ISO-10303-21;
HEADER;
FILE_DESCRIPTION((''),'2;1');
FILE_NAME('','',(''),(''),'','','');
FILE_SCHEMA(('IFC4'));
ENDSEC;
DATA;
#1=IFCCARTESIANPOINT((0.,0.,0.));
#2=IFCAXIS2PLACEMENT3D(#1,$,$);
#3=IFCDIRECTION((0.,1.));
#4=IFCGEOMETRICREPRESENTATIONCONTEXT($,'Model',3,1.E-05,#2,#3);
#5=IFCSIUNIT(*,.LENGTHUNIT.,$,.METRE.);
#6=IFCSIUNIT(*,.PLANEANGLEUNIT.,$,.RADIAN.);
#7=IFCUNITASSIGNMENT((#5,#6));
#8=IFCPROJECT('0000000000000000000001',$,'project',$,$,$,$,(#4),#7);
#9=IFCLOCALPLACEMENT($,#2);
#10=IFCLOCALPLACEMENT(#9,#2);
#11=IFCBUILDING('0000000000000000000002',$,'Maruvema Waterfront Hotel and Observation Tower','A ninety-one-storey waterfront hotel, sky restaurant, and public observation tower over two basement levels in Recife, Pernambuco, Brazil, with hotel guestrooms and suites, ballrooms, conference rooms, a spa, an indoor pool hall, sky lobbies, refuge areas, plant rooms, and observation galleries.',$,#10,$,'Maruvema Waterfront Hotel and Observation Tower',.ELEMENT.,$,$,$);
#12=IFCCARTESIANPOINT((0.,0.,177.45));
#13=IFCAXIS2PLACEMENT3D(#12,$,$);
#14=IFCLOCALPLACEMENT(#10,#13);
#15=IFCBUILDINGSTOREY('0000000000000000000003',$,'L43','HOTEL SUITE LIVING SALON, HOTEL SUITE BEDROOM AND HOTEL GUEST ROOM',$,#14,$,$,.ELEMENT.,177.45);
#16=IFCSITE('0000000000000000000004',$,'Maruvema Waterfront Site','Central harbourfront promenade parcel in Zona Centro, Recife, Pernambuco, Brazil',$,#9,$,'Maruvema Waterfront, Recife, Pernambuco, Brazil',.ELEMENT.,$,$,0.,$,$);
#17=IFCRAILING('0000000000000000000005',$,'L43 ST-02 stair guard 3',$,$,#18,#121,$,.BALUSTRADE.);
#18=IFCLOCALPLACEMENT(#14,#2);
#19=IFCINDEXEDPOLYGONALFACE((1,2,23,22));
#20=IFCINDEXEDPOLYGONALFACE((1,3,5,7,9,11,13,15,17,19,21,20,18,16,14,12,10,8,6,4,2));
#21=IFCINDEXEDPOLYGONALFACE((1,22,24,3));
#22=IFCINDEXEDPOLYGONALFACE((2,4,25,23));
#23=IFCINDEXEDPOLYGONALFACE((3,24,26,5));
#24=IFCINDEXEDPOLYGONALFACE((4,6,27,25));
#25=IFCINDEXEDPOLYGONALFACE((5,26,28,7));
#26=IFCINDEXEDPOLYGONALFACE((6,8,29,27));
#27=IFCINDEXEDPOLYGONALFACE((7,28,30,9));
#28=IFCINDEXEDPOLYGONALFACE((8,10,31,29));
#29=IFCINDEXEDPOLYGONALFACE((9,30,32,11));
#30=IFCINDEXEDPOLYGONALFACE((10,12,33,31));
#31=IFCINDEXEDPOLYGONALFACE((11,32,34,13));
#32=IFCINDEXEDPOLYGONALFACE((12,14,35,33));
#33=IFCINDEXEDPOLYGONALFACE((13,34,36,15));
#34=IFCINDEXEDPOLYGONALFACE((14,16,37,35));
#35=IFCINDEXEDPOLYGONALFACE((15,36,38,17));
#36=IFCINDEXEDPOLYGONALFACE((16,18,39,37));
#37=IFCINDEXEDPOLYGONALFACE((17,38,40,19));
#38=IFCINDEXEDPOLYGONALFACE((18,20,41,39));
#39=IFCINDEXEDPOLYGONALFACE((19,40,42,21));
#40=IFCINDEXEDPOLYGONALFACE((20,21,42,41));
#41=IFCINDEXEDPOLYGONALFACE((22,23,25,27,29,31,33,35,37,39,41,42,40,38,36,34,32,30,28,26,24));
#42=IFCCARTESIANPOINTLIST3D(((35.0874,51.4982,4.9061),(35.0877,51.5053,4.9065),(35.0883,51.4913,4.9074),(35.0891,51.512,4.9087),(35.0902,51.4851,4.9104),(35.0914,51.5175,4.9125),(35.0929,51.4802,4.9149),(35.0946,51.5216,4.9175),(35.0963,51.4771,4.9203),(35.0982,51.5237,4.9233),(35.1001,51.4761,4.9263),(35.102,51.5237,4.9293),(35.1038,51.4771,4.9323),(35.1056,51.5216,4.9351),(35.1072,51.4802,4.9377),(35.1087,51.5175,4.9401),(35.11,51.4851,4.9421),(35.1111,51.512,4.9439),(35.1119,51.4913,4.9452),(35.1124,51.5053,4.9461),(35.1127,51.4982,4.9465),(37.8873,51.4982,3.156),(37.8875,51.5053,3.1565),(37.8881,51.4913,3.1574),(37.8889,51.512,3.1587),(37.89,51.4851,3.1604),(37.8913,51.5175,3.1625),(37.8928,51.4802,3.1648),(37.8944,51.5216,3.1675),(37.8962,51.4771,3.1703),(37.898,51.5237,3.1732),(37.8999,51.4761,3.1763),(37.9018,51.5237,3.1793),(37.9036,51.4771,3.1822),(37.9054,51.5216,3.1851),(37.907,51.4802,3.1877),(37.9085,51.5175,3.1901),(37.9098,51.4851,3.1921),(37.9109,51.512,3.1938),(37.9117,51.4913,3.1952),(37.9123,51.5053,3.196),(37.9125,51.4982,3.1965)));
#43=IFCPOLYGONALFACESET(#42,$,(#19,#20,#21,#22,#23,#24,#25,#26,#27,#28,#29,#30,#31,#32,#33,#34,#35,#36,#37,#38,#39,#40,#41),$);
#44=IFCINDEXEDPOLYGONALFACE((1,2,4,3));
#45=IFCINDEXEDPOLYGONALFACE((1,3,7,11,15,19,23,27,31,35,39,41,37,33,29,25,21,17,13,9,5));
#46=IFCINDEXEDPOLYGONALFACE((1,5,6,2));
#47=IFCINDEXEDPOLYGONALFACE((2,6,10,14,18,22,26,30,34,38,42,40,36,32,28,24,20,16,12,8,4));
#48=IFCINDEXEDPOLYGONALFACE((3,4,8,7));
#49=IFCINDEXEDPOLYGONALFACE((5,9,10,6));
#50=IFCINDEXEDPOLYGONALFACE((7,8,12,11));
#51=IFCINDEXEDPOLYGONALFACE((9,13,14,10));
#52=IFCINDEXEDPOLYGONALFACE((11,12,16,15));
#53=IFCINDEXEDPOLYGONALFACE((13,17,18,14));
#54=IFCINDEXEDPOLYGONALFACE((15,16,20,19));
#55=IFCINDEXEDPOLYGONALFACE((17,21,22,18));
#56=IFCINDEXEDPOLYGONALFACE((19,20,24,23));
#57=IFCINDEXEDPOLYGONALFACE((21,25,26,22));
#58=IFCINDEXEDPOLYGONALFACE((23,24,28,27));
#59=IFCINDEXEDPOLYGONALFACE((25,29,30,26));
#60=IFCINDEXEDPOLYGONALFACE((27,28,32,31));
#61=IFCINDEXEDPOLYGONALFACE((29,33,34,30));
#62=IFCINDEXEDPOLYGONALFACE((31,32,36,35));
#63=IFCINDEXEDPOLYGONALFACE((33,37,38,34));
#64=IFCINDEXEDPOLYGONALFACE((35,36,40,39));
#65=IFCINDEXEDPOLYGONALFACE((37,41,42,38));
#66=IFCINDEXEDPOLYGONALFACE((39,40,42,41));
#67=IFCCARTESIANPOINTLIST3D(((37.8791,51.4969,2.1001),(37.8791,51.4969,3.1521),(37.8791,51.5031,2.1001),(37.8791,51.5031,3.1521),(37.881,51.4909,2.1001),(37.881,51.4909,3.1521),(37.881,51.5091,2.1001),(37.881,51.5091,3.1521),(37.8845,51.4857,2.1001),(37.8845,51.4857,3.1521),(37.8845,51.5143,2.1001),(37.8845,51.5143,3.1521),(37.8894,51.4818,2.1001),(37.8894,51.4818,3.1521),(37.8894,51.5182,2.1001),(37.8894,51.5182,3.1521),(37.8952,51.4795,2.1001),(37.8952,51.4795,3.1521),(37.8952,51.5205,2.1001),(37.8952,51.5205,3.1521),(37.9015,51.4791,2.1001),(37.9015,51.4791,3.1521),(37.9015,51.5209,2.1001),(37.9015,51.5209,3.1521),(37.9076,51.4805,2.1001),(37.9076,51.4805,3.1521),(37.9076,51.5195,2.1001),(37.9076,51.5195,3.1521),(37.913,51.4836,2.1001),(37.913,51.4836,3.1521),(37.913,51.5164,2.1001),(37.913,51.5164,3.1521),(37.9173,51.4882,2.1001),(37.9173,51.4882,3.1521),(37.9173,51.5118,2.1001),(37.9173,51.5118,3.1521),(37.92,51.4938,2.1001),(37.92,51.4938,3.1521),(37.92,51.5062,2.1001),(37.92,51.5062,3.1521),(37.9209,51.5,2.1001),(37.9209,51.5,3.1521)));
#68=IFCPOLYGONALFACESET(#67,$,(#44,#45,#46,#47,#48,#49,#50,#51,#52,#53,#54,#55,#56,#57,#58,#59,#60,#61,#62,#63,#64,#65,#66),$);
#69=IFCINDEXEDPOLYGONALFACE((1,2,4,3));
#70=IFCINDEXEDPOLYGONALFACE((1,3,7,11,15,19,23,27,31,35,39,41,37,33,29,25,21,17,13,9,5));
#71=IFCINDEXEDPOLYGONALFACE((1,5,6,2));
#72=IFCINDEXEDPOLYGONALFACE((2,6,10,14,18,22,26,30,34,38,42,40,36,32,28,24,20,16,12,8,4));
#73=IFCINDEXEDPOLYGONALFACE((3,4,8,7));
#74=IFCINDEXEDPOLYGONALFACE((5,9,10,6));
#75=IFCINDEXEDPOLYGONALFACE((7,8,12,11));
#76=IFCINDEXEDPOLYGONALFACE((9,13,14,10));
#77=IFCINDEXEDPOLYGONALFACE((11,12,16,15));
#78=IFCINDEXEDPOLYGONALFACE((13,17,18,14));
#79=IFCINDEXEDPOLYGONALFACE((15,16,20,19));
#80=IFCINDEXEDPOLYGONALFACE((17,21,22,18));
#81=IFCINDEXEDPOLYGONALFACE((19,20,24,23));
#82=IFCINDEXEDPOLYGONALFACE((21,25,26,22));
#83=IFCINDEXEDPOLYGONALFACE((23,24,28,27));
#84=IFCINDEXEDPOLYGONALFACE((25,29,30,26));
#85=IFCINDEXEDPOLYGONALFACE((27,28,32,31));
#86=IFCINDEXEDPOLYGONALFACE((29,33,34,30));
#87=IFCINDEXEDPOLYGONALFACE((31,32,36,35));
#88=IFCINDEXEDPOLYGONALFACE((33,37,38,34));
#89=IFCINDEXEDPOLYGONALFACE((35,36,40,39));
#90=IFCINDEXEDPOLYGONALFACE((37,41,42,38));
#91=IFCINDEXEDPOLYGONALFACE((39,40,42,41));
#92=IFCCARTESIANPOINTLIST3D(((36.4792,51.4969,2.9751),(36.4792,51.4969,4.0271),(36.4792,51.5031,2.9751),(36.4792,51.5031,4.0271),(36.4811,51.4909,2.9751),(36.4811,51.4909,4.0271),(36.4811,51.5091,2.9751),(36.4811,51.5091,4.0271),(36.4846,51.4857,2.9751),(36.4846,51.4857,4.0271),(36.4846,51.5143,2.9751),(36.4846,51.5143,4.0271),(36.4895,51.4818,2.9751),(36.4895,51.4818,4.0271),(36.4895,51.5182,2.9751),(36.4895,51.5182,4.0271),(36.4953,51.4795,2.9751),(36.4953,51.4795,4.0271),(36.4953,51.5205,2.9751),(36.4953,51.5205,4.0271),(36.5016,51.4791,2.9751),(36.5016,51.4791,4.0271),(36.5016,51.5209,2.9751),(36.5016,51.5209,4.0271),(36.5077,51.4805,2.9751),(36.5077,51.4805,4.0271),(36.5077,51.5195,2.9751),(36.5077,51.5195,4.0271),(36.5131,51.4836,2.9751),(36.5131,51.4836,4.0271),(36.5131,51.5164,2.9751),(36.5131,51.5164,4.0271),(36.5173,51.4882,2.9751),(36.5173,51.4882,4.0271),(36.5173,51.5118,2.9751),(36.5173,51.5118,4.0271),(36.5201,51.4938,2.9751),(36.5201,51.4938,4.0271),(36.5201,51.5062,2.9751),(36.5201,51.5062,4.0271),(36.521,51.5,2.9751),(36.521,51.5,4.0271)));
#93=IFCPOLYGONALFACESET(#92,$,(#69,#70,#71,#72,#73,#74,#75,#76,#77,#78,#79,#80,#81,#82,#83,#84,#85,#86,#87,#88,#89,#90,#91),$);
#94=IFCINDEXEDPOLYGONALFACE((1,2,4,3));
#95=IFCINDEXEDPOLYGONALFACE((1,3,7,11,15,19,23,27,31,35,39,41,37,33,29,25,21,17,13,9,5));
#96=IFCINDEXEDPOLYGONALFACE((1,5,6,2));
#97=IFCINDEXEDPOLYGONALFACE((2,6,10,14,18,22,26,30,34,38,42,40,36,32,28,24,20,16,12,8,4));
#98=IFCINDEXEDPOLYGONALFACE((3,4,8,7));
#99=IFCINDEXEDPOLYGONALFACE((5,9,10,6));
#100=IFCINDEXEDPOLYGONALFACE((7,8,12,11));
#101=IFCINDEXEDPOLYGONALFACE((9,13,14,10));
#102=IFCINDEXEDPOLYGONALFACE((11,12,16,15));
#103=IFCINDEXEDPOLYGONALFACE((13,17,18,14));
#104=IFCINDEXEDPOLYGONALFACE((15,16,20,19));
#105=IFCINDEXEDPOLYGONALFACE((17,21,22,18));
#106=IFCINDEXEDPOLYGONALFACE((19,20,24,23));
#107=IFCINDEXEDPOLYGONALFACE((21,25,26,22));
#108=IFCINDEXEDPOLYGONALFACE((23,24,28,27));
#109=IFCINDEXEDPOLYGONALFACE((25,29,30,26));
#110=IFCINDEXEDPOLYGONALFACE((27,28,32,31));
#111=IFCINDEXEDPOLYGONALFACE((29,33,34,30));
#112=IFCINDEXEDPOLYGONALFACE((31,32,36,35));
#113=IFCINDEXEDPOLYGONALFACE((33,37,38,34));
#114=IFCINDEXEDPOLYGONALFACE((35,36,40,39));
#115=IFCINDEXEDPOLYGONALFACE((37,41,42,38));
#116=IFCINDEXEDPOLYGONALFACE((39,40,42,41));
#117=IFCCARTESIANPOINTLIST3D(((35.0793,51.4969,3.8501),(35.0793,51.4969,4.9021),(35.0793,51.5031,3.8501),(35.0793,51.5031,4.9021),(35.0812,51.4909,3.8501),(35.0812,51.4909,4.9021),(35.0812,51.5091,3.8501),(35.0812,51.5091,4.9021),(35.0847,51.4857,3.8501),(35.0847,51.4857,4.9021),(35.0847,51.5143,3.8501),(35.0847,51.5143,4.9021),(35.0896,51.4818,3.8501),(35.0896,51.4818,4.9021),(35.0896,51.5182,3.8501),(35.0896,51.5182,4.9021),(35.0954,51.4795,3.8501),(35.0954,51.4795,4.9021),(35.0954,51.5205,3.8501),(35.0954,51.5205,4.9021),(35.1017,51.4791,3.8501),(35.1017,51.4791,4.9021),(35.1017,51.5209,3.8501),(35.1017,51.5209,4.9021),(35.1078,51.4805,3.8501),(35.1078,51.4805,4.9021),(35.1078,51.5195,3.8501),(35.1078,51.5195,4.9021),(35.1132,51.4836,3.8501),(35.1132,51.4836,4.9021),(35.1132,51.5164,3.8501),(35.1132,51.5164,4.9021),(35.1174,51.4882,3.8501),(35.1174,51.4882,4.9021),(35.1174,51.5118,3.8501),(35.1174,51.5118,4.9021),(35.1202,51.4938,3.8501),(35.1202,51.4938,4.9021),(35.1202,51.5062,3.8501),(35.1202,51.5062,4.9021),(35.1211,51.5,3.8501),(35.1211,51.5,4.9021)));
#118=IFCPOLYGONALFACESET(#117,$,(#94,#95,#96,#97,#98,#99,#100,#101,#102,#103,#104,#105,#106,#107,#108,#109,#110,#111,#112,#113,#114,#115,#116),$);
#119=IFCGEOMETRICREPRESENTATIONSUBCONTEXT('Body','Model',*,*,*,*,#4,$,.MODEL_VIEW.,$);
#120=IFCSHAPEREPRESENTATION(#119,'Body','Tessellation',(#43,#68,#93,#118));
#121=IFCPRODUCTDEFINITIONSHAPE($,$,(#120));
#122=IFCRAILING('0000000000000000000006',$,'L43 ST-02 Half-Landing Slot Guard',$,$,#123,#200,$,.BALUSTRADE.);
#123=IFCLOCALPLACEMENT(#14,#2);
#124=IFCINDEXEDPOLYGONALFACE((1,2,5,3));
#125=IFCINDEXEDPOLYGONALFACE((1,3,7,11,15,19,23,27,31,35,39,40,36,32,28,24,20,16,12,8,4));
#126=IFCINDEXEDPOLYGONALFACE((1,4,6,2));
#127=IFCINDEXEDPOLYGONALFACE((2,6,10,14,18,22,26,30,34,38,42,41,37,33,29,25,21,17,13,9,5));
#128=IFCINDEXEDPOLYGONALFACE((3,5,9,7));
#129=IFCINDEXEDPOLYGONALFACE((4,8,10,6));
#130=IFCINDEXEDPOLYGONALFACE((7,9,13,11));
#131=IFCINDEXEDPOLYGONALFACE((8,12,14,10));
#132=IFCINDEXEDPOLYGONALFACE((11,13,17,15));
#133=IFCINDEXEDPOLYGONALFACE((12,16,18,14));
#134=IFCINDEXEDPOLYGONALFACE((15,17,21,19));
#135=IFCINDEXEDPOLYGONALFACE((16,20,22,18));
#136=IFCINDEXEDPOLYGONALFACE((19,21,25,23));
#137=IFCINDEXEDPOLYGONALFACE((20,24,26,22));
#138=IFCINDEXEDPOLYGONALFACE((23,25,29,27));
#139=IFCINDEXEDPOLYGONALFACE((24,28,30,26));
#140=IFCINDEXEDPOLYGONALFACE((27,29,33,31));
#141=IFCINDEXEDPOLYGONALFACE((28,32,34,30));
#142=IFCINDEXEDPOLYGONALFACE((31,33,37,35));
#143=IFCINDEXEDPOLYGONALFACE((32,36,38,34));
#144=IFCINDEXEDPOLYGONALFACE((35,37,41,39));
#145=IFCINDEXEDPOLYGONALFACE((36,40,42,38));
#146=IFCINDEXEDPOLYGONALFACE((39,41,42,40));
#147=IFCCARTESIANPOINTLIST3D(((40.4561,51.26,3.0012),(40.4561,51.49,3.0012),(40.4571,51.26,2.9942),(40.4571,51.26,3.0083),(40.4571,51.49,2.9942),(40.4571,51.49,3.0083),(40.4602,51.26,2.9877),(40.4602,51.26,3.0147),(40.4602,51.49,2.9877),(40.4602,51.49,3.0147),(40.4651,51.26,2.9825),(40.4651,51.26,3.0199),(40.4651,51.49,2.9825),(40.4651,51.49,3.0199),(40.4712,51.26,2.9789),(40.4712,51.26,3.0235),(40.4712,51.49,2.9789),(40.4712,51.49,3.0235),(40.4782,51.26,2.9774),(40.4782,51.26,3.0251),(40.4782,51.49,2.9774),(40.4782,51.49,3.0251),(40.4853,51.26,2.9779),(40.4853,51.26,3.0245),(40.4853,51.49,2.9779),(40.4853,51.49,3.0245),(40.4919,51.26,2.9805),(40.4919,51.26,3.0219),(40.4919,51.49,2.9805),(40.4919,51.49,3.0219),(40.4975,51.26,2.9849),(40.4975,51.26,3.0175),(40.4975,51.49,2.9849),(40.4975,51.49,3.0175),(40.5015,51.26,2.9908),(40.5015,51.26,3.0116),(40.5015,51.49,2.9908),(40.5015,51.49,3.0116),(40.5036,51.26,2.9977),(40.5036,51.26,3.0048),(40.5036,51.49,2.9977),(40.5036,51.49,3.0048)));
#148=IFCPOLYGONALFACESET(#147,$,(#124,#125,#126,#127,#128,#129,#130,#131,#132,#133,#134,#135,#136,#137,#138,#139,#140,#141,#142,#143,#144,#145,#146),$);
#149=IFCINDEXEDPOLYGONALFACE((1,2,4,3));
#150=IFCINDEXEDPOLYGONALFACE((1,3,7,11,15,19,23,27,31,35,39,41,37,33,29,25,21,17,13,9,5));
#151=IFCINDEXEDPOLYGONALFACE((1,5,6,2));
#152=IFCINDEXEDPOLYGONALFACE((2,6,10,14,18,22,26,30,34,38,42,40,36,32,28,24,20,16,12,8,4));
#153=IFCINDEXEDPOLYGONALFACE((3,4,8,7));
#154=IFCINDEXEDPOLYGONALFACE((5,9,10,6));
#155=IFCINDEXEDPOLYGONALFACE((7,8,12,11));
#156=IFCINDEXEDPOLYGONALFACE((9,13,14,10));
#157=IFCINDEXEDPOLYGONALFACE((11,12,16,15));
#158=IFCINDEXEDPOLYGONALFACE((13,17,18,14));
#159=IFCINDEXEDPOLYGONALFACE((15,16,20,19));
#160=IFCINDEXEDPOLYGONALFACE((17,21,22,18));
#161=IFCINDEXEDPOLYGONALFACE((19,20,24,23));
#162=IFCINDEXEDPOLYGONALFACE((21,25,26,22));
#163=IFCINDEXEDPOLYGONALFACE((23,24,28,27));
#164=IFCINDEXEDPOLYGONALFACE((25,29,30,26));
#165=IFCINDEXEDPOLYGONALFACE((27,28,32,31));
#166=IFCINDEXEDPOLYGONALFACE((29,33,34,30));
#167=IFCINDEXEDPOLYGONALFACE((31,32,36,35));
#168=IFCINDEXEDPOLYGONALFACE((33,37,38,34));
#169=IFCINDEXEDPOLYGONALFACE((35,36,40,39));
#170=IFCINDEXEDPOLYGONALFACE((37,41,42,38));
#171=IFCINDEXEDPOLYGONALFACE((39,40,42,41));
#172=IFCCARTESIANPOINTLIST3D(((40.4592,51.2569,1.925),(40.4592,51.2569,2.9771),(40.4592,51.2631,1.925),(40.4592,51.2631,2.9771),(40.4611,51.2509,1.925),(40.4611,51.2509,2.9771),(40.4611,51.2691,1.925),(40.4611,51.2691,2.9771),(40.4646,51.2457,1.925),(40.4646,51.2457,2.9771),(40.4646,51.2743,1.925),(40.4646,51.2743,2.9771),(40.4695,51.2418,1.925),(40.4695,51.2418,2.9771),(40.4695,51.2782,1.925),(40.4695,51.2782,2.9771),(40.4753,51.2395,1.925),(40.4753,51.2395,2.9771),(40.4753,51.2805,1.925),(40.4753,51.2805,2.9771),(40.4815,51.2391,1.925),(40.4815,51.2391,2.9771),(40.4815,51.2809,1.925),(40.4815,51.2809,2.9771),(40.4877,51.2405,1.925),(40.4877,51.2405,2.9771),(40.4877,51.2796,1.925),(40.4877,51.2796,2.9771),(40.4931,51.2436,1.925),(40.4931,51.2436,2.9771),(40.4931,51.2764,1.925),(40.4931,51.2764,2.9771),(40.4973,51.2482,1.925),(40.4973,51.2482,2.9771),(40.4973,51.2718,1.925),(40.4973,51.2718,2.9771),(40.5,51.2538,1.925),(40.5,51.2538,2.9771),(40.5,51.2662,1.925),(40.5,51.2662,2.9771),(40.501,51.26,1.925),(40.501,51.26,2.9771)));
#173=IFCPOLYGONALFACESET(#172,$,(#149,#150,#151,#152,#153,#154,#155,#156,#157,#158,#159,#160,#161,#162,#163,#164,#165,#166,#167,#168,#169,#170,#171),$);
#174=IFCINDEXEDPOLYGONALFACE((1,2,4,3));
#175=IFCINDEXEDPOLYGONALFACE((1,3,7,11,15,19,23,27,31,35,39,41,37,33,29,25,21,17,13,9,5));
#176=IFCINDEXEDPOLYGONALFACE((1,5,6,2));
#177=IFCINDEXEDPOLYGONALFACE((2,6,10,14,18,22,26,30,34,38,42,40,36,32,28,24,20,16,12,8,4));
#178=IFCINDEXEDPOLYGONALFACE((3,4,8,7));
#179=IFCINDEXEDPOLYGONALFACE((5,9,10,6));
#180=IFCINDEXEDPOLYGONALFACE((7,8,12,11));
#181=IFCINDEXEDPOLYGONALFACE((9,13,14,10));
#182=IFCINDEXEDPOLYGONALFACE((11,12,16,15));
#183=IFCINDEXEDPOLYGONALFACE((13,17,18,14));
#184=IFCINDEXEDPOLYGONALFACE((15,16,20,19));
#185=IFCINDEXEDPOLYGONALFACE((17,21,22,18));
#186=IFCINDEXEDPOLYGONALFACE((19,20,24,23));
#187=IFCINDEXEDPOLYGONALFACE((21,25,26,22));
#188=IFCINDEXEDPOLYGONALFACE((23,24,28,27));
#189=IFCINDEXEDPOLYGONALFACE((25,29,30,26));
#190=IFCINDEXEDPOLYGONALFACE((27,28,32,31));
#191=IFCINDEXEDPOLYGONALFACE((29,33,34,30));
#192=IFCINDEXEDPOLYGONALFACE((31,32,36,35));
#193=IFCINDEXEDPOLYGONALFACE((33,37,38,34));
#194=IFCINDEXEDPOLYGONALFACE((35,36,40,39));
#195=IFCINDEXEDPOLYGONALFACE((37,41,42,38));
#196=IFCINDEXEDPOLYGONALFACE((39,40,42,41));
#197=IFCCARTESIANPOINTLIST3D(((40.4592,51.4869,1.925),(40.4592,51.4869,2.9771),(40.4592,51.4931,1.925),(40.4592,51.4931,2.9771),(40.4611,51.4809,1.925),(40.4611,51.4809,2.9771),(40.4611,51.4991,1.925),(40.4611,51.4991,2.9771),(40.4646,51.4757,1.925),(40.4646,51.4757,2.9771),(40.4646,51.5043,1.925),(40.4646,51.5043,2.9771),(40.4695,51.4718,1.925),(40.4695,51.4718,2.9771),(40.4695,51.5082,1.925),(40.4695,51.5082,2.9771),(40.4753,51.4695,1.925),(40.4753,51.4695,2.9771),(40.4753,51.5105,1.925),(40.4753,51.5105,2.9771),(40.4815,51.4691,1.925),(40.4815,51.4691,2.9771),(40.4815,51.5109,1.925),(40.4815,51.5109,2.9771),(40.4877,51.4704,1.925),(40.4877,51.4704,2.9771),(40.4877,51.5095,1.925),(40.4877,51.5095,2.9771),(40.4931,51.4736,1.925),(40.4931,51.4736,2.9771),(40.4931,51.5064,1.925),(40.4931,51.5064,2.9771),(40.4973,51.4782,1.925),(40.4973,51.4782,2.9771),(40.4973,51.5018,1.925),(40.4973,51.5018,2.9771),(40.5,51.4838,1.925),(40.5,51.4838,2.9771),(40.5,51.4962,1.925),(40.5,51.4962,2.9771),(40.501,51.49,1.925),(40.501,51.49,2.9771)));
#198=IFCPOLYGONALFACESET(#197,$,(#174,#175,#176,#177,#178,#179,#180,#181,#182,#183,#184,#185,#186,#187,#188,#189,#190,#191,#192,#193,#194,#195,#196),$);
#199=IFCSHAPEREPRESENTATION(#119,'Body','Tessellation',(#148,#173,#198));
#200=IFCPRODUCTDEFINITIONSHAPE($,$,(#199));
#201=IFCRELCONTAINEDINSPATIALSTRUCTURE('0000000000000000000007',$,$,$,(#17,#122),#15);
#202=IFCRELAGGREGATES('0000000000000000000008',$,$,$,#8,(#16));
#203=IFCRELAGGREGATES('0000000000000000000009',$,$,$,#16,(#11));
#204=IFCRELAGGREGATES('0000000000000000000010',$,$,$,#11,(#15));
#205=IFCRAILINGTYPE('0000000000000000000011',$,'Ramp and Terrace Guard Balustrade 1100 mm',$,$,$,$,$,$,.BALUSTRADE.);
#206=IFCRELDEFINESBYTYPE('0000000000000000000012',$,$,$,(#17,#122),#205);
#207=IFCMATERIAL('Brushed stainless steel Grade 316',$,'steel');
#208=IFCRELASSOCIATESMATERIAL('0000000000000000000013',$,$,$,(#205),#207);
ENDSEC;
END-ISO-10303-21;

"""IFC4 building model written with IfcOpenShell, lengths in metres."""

from ifc_helpers import new_model, si_unit, direction, frame, origin, origin_2d, place, context, subcontext, project, spatial, circle, extrude, material, type_object, element, save


model = new_model("IFC4")

# Units and contexts
model_context = context("Model", 3, precision=1e-05, world=origin(), true_north=direction((0.0, 1.0)))
body_context = subcontext(model_context, "Body", "Model", "MODEL_VIEW")
ifc_project = project(units=[si_unit("LENGTHUNIT", "METRE"), si_unit("PLANEANGLEUNIT", "RADIAN")], contexts=[model_context])

# Site, building, storey
site_placement = place(None, origin())
site = spatial("IfcSite", under=ifc_project, at=site_placement, Name="Maruvema Waterfront Site", Description="Central harbourfront promenade parcel in Zona Centro, Recife, Pernambuco, Brazil", LongName="Maruvema Waterfront, Recife, Pernambuco, Brazil", CompositionType="ELEMENT", RefElevation=0.0)
building_placement = place(site_placement, origin())
building = spatial("IfcBuilding", under=site, at=building_placement, Name="Maruvema Waterfront Hotel and Observation Tower", Description="A ninety-one-storey waterfront hotel, sky restaurant, and public observation tower over two basement levels in Recife, Pernambuco, Brazil, with hotel guestrooms and suites, ballrooms, conference rooms, a spa, an indoor pool hall, sky lobbies, refuge areas, plant rooms, and observation galleries.", LongName="Maruvema Waterfront Hotel and Observation Tower", CompositionType="ELEMENT")
storey_placement = place(building_placement, frame((0.0, 0.0, 177.45)))
storey = spatial("IfcBuildingStorey", under=building, at=storey_placement, Name="L43", Description="HOTEL SUITE LIVING SALON, HOTEL SUITE BEDROOM AND HOTEL GUEST ROOM", CompositionType="ELEMENT", Elevation=177.45)

# Railings
ifc_material_1 = material(Name="Brushed stainless steel Grade 316", Category="steel")
railing_type_1 = type_object("IfcRailingType", Name="Ramp and Terrace Guard Balustrade 1100 mm", PredefinedType="BALUSTRADE", material=ifc_material_1)
railing_1_placement = place(storey_placement, frame((37.8999, 51.5, 2.1001)))
element("IfcRailing", 1, at=railing_1_placement, inside=storey, type_object=railing_type_1, Name="L43 ST-02 stair guard 3", PredefinedType="BALUSTRADE", context=body_context, shape_type="SweptSolid", body=[
    extrude(circle(Radius=0.0239, at=origin_2d()), frame((0.0, 0.0, 1.0762), z_axis=(-0.847982, 0.0, 0.530026), x_axis=(0.0, -1.0, 0.0)), (0.0, 0.0, 1.0), 3.3018),
    extrude(circle(Radius=0.021, at=origin_2d()), origin(), (0.0, 0.0, 1.0), 1.052),
    extrude(circle(Radius=0.021, at=origin_2d()), frame((-1.3999, 0.0, 0.875)), (0.0, 0.0, 1.0), 1.052),
    extrude(circle(Radius=0.021, at=origin_2d()), frame((-2.7998, 0.0, 1.75)), (0.0, 0.0, 1.0), 1.052),
])
railing_2_placement = place(storey_placement, frame((40.48, 51.26, 1.925)))
element("IfcRailing", 2, at=railing_2_placement, inside=storey, type_object=railing_type_1, Name="L43 ST-02 Half-Landing Slot Guard", PredefinedType="BALUSTRADE", context=body_context, shape_type="SweptSolid", body=[
    extrude(circle(Radius=0.0239, at=origin_2d()), frame((0.0, 0.0, 1.0762), z_axis=(0.0, 1.0, 0.0), x_axis=(-1.0, 0.0, 0.0)), (0.0, 0.0, 1.0), 0.23),
    extrude(circle(Radius=0.021, at=origin_2d()), origin(), (0.0, 0.0, 1.0), 1.052),
    extrude(circle(Radius=0.021, at=origin_2d()), frame((0.0, 0.23, 0.0)), (0.0, 0.0, 1.0), 1.052),
])

save(model, "model.ifc")
